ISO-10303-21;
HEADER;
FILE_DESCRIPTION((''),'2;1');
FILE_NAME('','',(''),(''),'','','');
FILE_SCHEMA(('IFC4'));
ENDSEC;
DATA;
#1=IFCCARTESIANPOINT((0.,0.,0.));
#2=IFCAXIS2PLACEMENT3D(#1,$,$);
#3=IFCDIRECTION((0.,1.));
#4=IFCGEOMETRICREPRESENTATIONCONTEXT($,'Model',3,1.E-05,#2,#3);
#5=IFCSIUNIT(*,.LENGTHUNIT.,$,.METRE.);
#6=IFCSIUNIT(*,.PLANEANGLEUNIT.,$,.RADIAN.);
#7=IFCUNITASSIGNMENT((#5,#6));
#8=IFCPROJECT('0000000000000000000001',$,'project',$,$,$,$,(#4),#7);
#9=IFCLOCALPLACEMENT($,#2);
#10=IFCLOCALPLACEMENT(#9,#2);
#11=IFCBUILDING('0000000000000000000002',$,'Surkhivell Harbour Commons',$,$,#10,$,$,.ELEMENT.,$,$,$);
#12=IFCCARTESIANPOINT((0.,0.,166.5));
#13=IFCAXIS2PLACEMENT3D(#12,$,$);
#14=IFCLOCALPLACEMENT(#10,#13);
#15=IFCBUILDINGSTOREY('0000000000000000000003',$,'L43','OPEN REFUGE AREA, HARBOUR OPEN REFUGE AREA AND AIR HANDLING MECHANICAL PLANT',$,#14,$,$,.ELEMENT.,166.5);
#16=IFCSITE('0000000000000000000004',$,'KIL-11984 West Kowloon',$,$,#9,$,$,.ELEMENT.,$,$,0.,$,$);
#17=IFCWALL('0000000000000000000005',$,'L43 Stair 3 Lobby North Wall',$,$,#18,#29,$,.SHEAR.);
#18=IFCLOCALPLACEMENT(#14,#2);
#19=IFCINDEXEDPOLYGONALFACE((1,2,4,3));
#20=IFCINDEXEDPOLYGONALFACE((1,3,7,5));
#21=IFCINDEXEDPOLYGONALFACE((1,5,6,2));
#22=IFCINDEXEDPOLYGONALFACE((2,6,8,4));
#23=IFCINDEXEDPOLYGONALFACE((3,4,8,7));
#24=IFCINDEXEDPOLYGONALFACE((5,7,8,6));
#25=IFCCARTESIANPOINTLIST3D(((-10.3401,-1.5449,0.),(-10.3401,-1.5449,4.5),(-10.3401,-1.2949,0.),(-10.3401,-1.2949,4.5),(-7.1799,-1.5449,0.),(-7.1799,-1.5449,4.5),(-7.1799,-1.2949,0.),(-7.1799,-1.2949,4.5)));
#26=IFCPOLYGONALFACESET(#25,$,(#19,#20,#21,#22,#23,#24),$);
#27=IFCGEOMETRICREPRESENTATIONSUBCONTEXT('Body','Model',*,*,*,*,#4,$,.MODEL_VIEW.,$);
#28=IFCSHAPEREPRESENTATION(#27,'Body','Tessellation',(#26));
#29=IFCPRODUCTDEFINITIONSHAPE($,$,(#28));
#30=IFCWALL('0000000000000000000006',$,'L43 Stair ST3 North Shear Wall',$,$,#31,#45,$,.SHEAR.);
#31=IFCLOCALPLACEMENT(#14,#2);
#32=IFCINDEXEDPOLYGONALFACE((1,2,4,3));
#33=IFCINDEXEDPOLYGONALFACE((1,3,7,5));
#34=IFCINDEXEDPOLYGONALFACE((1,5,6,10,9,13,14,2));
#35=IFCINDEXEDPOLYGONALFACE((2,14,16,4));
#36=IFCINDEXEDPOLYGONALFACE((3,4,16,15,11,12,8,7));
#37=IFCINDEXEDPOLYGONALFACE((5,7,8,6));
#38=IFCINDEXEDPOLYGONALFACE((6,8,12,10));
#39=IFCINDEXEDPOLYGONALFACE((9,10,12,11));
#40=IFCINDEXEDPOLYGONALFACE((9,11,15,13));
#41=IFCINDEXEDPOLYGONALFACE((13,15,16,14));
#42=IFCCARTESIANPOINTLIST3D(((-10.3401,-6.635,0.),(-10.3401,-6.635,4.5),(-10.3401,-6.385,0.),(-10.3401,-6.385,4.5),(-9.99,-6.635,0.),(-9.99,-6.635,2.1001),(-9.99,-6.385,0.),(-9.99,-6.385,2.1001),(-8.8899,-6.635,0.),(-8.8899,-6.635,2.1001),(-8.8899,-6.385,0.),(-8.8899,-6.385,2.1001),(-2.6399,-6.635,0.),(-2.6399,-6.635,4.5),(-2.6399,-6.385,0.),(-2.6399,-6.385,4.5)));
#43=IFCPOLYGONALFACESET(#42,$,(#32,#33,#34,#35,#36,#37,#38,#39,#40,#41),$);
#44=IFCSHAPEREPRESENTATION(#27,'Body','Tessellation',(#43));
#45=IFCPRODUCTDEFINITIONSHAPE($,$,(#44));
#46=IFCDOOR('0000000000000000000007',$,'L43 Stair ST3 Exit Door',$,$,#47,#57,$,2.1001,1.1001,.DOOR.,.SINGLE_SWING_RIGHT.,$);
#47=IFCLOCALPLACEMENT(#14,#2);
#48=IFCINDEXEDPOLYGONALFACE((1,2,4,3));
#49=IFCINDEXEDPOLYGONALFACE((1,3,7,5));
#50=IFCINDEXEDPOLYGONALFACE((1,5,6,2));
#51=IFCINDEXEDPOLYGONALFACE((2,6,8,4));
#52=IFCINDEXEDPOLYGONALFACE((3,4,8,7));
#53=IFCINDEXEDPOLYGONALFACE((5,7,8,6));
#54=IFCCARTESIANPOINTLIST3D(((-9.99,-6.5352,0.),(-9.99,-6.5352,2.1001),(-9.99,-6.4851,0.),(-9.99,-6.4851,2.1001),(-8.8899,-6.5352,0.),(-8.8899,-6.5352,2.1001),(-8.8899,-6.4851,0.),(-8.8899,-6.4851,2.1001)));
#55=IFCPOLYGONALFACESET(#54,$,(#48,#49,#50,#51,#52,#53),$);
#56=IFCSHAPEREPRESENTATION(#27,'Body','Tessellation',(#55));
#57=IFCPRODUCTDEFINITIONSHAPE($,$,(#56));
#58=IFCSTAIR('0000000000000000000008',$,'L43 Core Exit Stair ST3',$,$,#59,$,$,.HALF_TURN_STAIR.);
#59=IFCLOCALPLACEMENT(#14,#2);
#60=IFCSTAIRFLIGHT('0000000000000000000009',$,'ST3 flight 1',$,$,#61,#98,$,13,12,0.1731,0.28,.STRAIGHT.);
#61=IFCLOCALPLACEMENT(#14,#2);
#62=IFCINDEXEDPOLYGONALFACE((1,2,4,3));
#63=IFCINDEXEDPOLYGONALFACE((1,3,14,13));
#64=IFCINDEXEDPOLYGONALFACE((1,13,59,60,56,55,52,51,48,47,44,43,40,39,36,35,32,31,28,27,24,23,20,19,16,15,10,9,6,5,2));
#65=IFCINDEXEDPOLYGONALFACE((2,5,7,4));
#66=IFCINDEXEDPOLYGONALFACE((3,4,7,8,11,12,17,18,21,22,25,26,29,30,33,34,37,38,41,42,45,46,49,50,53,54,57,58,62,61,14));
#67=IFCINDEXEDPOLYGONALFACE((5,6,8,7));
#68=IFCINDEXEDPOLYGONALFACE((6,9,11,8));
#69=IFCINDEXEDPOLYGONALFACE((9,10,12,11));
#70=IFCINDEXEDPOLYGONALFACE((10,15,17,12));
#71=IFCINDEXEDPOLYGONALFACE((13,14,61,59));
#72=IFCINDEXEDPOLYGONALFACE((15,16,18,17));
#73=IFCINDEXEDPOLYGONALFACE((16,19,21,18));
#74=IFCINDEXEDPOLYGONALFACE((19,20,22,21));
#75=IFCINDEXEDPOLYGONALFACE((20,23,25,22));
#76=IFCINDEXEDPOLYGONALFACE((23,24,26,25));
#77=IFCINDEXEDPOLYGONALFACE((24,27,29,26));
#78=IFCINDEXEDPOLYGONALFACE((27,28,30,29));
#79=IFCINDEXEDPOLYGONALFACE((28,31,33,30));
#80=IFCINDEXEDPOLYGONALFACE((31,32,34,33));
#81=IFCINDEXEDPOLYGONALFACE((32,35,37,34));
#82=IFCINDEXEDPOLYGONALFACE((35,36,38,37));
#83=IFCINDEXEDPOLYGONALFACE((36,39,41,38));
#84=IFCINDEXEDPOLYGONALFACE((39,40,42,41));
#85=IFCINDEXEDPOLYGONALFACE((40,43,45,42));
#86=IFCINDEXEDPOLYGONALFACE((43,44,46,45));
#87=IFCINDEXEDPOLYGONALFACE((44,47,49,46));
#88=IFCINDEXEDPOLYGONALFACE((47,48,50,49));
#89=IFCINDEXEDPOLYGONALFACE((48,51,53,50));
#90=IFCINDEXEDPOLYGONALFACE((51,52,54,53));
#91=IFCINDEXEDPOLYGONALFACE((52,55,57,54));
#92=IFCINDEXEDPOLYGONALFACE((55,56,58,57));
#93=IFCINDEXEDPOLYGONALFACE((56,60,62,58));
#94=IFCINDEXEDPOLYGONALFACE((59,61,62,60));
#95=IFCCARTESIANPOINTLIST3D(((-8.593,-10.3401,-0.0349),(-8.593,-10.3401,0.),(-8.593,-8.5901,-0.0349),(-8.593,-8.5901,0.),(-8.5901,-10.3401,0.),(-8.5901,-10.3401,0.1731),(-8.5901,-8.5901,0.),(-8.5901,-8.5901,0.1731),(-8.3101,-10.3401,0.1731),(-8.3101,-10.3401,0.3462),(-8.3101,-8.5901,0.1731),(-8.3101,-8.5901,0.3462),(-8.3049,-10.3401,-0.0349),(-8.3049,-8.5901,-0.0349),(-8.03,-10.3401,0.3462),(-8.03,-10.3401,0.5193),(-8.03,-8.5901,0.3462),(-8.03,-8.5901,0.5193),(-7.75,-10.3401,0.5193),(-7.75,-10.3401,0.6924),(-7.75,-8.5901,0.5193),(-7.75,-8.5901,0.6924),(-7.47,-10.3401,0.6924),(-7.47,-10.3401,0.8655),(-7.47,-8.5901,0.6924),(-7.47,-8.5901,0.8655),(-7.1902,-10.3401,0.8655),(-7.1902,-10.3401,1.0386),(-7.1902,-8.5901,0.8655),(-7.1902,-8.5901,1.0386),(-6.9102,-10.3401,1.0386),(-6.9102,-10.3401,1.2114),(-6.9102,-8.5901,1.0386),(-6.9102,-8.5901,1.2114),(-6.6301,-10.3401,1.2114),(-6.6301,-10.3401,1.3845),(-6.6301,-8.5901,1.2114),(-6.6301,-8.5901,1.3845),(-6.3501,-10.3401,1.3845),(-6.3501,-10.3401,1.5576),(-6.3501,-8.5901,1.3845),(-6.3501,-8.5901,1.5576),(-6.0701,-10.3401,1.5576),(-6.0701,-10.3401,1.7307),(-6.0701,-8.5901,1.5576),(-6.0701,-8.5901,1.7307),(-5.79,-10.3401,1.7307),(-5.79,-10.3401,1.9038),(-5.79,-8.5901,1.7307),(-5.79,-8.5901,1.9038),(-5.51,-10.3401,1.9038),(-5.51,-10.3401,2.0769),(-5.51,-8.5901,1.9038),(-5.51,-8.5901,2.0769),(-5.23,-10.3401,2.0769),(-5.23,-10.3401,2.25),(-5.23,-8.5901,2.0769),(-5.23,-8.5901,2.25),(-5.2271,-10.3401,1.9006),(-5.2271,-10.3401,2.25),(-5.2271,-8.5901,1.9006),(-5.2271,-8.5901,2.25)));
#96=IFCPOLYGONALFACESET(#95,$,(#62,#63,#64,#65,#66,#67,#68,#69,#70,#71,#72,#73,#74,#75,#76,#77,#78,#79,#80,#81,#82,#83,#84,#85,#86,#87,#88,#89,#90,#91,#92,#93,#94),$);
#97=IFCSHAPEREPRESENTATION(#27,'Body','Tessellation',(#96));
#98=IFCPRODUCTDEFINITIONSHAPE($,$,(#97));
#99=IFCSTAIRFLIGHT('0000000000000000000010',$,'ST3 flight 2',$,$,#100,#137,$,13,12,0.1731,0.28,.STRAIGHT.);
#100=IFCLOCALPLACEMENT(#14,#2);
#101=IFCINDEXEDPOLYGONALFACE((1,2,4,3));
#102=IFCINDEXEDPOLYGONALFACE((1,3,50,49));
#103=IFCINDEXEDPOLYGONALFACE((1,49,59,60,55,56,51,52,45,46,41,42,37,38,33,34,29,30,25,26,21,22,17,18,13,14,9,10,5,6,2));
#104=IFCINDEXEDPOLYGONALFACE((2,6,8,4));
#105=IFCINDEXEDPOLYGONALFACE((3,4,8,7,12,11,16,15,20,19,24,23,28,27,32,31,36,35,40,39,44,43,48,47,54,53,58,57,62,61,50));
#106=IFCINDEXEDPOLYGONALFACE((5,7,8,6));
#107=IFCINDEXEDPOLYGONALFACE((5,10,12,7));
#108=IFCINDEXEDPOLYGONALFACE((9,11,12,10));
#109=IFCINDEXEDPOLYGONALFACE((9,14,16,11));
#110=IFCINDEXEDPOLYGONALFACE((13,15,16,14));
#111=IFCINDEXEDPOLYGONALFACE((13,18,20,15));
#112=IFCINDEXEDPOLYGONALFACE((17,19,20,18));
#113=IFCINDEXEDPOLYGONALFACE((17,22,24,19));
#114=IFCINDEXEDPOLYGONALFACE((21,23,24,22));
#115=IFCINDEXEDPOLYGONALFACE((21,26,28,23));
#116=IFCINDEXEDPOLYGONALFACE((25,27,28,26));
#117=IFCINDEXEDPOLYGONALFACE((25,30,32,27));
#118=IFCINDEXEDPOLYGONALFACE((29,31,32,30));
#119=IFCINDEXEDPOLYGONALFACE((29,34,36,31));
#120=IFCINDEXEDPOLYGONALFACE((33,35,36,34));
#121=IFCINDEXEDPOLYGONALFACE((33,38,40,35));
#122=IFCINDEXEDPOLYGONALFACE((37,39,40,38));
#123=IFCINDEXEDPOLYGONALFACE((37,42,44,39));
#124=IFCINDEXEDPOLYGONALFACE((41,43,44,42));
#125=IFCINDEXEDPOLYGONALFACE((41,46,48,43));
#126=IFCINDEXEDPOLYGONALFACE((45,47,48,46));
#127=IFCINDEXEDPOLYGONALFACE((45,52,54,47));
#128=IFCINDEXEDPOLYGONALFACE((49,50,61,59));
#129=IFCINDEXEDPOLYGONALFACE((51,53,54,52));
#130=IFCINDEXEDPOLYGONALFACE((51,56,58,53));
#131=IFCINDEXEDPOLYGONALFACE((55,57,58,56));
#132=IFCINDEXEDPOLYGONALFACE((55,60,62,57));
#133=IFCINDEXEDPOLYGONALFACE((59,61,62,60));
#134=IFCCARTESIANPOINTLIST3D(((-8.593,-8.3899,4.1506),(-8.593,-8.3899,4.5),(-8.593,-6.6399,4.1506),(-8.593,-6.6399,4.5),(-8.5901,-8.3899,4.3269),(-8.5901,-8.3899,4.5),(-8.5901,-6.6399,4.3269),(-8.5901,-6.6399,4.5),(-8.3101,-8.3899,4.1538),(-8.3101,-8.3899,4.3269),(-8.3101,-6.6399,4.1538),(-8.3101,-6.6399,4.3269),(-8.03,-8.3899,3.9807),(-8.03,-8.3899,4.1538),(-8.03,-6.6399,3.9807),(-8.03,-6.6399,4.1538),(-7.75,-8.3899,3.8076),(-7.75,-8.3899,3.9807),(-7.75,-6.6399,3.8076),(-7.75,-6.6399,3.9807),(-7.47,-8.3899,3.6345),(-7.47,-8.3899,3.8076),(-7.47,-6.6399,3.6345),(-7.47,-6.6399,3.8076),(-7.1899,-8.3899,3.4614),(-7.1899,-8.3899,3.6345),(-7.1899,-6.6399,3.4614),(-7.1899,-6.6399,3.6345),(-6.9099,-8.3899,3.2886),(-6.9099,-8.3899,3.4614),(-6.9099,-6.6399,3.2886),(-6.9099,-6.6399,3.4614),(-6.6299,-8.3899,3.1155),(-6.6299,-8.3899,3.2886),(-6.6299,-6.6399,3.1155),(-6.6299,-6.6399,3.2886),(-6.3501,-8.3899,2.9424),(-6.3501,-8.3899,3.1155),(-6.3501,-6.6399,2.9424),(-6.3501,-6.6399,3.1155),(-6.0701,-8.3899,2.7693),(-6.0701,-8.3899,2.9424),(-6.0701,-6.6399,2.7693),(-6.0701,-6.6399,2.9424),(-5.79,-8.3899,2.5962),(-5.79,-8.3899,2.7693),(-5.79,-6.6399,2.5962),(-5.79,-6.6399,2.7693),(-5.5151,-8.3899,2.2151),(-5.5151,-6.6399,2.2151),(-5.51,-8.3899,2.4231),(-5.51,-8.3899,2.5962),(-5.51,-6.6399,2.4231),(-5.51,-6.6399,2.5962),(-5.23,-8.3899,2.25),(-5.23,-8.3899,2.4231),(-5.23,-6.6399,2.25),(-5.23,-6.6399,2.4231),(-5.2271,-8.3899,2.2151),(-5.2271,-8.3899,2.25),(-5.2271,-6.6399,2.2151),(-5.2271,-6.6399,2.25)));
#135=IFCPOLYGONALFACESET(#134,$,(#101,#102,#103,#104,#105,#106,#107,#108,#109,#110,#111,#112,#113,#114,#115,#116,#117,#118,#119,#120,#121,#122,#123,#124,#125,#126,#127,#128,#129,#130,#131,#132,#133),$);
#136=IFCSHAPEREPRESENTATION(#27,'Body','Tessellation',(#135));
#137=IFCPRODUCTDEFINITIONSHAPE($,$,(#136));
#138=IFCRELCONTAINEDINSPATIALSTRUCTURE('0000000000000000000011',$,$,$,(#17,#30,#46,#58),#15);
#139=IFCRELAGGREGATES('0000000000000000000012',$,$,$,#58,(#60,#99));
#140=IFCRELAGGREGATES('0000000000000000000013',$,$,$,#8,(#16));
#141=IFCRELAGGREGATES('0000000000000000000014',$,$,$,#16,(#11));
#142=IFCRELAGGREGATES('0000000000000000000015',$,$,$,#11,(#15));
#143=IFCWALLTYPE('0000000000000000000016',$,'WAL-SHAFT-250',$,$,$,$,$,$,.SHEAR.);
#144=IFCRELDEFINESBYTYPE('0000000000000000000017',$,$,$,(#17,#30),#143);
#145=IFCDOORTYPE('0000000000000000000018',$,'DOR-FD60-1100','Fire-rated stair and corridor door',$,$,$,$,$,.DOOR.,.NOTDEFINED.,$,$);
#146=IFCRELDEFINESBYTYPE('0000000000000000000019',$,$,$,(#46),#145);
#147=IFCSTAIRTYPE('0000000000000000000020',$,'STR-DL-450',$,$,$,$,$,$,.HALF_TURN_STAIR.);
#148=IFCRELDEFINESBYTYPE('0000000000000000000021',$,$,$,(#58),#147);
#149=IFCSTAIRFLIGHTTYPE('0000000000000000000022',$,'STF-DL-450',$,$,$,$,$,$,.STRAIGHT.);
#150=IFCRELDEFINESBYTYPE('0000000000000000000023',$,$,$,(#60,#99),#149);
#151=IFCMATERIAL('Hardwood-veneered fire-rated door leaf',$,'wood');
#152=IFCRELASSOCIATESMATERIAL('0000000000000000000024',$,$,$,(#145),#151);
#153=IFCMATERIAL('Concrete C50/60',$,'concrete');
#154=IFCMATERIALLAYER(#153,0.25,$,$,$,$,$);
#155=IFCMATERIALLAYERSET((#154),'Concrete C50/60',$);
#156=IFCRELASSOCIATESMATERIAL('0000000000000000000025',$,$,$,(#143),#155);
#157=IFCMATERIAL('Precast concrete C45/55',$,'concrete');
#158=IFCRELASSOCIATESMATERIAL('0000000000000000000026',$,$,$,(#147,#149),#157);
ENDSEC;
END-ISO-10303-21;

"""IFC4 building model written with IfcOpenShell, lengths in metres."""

from ifc_helpers import new_model, si_unit, direction, frame, frame_2d, origin, place, context, subcontext, project, spatial, polyline, rectangle, outline, extrude, material, layer, layer_set, type_object, element, fill, aggregate, save


model = new_model("IFC4")

# Units and contexts
model_context = context("Model", 3, precision=1e-05, world=origin(), true_north=direction((0.0, 1.0)))
body_context = subcontext(model_context, "Body", "Model", "MODEL_VIEW")
ifc_project = project(units=[si_unit("LENGTHUNIT", "METRE"), si_unit("PLANEANGLEUNIT", "RADIAN")], contexts=[model_context])

# Site, building, storey
site_placement = place(None, origin())
site = spatial("IfcSite", under=ifc_project, at=site_placement, Name="KIL-11984 West Kowloon", CompositionType="ELEMENT", RefElevation=0.0)
building_placement = place(site_placement, origin())
building = spatial("IfcBuilding", under=site, at=building_placement, Name="Surkhivell Harbour Commons", CompositionType="ELEMENT")
storey_placement = place(building_placement, frame((0.0, 0.0, 166.5)))
storey = spatial("IfcBuildingStorey", under=building, at=storey_placement, Name="L43", Description="OPEN REFUGE AREA, HARBOUR OPEN REFUGE AREA AND AIR HANDLING MECHANICAL PLANT", CompositionType="ELEMENT", Elevation=166.5)

# Shared definitions
ifc_material_1 = material(Name="Hardwood-veneered fire-rated door leaf", Category="wood")
door_type = type_object("IfcDoorType", Name="DOR-FD60-1100", Description="Fire-rated stair and corridor door", OperationType="NOTDEFINED", PredefinedType="DOOR", material=ifc_material_1)

# Wall
ifc_material_2 = material(Name="Concrete C50/60", Category="concrete")
ifc_layer_1 = layer(ifc_material_2, 0.25)
ifc_layer_set_1 = layer_set([ifc_layer_1], Name="Concrete C50/60")
wall_type_1 = type_object("IfcWallType", Name="WAL-SHAFT-250", PredefinedType="SHEAR", material=ifc_layer_set_1)
wall_1_placement = place(storey_placement, frame((-10.3401, -1.4199, 0.0), z_axis=(0.0, 0.0, 1.0), x_axis=(1.0, 0.0, 0.0)))
element("IfcWall", 1, at=wall_1_placement, inside=storey, type_object=wall_type_1, Name="L43 Stair 3 Lobby North Wall", PredefinedType="SHEAR", context=body_context, shape_type="SweptSolid", body=[
    extrude(rectangle(XDim=3.1602, YDim=0.25, at=frame_2d((1.5801, 0.0))), origin(), (0.0, 0.0, 1.0), 4.5),
])

# Wall, opening, door
wall_2_placement = place(storey_placement, frame((-10.3401, -6.51, 0.0), z_axis=(0.0, 0.0, 1.0), x_axis=(1.0, 0.0, 0.0)))
wall_2 = element("IfcWall", 2, at=wall_2_placement, inside=storey, type_object=wall_type_1, Name="L43 Stair ST3 North Shear Wall", PredefinedType="SHEAR", context=body_context, shape_type="SweptSolid", body=[
    extrude(rectangle(XDim=7.7002, YDim=0.25, at=frame_2d((3.8501, 0.0))), origin(), (0.0, 0.0, 1.0), 4.5),
])
opening_1_placement = place(wall_2_placement, frame((0.3501, 0.0, 0.0)))
opening_1 = element("IfcOpeningElement", 3, at=opening_1_placement, cuts=wall_2, PredefinedType="OPENING", context=body_context, shape_type="SweptSolid", body=[
    extrude(rectangle(XDim=1.1001, YDim=2.1001, at=frame_2d((0.55, 1.05))), frame((0.0, 0.135, 0.0), z_axis=(0.0, -1.0, 0.0), x_axis=(1.0, 0.0, 0.0)), (0.0, 0.0, 1.0), 0.27),
])
door_1_placement = place(opening_1_placement, origin())
door_1 = element("IfcDoor", 4, at=door_1_placement, inside=storey, type_object=door_type, Name="L43 Stair ST3 Exit Door", OperationType="SINGLE_SWING_RIGHT", OverallHeight=2.1001, OverallWidth=1.1001, PredefinedType="DOOR", context=body_context, shape_type="SweptSolid", body=[
    extrude(rectangle(XDim=1.1001, YDim=2.1001, at=frame_2d((0.55, 1.05))), frame((0.0, 0.0249, 0.0), z_axis=(0.0, -1.0, 0.0), x_axis=(1.0, 0.0, 0.0)), (0.0, 0.0, 1.0), 0.05),
])
fill(opening_1, door_1)

# Stair, stair flights
ifc_material_3 = material(Name="Precast concrete C45/55", Category="concrete")
stair_type = type_object("IfcStairType", Name="STR-DL-450", PredefinedType="HALF_TURN_STAIR", material=ifc_material_3)
stair_placement = place(storey_placement, origin())
stair = element("IfcStair", 5, at=stair_placement, inside=storey, type_object=stair_type, Name="L43 Core Exit Stair ST3", PredefinedType="HALF_TURN_STAIR")
stair_flight_type = type_object("IfcStairFlightType", Name="STF-DL-450", PredefinedType="STRAIGHT", material=ifc_material_3)
stair_flight_1_placement = place(storey_placement, frame((-8.5901, -9.4651, 0.0), z_axis=(0.0, 0.0, 1.0), x_axis=(1.0, 0.0, 0.0)))
stair_flight_1 = element("IfcStairFlight", 6, at=stair_flight_1_placement, type_object=stair_flight_type, Name="ST3 flight 1", NumberOfRisers=13, NumberOfTreads=12, PredefinedType="STRAIGHT", RiserHeight=0.1731, TreadLength=0.28, context=body_context, shape_type="SweptSolid", body=[
    extrude(outline(polyline([(-0.0029, -0.0349), (-0.0029, 0.0), (0.0, 0.0), (0.0, 0.1731), (0.28, 0.1731), (0.28, 0.3462), (0.5601, 0.3462), (0.5601, 0.5193), (0.8401, 0.5193), (0.8401, 0.6924), (1.1201, 0.6924), (1.1201, 0.8655), (1.3999, 0.8655), (1.3999, 1.0386), (1.6799, 1.0386), (1.6799, 1.2114), (1.96, 1.2114), (1.96, 1.3845), (2.24, 1.3845), (2.24, 1.5576), (2.52, 1.5576), (2.52, 1.7307), (2.8, 1.7307), (2.8, 1.9038), (3.0801, 1.9038), (3.0801, 2.0769), (3.3601, 2.0769), (3.3601, 2.25), (3.363, 2.25), (3.363, 1.9006), (0.2852, -0.0349), (-0.0029, -0.0349)])), frame((0.0, 0.875, 0.0), z_axis=(0.0, -1.0, 0.0), x_axis=(1.0, 0.0, 0.0)), (0.0, 0.0, 1.0), 1.75),
])
stair_flight_2_placement = place(storey_placement, frame((-5.23, -7.5149, 2.25), z_axis=(0.0, 0.0, 1.0), x_axis=(-1.0, 0.0, 0.0)))
stair_flight_2 = element("IfcStairFlight", 7, at=stair_flight_2_placement, type_object=stair_flight_type, Name="ST3 flight 2", NumberOfRisers=13, NumberOfTreads=12, PredefinedType="STRAIGHT", RiserHeight=0.1731, TreadLength=0.28, context=body_context, shape_type="SweptSolid", body=[
    extrude(outline(polyline([(-0.0029, -0.0349), (-0.0029, 0.0), (0.0, 0.0), (0.0, 0.1731), (0.28, 0.1731), (0.28, 0.3462), (0.5601, 0.3462), (0.5601, 0.5193), (0.8401, 0.5193), (0.8401, 0.6924), (1.1201, 0.6924), (1.1201, 0.8655), (1.3999, 0.8655), (1.3999, 1.0386), (1.6799, 1.0386), (1.6799, 1.2114), (1.96, 1.2114), (1.96, 1.3845), (2.24, 1.3845), (2.24, 1.5576), (2.52, 1.5576), (2.52, 1.7307), (2.8, 1.7307), (2.8, 1.9038), (3.0801, 1.9038), (3.0801, 2.0769), (3.3601, 2.0769), (3.3601, 2.25), (3.363, 2.25), (3.363, 1.9006), (0.2852, -0.0349), (-0.0029, -0.0349)])), frame((0.0, 0.875, 0.0), z_axis=(0.0, -1.0, 0.0), x_axis=(1.0, 0.0, 0.0)), (0.0, 0.0, 1.0), 1.75),
])
aggregate(stair, [stair_flight_1, stair_flight_2])

save(model, "model.ifc")
